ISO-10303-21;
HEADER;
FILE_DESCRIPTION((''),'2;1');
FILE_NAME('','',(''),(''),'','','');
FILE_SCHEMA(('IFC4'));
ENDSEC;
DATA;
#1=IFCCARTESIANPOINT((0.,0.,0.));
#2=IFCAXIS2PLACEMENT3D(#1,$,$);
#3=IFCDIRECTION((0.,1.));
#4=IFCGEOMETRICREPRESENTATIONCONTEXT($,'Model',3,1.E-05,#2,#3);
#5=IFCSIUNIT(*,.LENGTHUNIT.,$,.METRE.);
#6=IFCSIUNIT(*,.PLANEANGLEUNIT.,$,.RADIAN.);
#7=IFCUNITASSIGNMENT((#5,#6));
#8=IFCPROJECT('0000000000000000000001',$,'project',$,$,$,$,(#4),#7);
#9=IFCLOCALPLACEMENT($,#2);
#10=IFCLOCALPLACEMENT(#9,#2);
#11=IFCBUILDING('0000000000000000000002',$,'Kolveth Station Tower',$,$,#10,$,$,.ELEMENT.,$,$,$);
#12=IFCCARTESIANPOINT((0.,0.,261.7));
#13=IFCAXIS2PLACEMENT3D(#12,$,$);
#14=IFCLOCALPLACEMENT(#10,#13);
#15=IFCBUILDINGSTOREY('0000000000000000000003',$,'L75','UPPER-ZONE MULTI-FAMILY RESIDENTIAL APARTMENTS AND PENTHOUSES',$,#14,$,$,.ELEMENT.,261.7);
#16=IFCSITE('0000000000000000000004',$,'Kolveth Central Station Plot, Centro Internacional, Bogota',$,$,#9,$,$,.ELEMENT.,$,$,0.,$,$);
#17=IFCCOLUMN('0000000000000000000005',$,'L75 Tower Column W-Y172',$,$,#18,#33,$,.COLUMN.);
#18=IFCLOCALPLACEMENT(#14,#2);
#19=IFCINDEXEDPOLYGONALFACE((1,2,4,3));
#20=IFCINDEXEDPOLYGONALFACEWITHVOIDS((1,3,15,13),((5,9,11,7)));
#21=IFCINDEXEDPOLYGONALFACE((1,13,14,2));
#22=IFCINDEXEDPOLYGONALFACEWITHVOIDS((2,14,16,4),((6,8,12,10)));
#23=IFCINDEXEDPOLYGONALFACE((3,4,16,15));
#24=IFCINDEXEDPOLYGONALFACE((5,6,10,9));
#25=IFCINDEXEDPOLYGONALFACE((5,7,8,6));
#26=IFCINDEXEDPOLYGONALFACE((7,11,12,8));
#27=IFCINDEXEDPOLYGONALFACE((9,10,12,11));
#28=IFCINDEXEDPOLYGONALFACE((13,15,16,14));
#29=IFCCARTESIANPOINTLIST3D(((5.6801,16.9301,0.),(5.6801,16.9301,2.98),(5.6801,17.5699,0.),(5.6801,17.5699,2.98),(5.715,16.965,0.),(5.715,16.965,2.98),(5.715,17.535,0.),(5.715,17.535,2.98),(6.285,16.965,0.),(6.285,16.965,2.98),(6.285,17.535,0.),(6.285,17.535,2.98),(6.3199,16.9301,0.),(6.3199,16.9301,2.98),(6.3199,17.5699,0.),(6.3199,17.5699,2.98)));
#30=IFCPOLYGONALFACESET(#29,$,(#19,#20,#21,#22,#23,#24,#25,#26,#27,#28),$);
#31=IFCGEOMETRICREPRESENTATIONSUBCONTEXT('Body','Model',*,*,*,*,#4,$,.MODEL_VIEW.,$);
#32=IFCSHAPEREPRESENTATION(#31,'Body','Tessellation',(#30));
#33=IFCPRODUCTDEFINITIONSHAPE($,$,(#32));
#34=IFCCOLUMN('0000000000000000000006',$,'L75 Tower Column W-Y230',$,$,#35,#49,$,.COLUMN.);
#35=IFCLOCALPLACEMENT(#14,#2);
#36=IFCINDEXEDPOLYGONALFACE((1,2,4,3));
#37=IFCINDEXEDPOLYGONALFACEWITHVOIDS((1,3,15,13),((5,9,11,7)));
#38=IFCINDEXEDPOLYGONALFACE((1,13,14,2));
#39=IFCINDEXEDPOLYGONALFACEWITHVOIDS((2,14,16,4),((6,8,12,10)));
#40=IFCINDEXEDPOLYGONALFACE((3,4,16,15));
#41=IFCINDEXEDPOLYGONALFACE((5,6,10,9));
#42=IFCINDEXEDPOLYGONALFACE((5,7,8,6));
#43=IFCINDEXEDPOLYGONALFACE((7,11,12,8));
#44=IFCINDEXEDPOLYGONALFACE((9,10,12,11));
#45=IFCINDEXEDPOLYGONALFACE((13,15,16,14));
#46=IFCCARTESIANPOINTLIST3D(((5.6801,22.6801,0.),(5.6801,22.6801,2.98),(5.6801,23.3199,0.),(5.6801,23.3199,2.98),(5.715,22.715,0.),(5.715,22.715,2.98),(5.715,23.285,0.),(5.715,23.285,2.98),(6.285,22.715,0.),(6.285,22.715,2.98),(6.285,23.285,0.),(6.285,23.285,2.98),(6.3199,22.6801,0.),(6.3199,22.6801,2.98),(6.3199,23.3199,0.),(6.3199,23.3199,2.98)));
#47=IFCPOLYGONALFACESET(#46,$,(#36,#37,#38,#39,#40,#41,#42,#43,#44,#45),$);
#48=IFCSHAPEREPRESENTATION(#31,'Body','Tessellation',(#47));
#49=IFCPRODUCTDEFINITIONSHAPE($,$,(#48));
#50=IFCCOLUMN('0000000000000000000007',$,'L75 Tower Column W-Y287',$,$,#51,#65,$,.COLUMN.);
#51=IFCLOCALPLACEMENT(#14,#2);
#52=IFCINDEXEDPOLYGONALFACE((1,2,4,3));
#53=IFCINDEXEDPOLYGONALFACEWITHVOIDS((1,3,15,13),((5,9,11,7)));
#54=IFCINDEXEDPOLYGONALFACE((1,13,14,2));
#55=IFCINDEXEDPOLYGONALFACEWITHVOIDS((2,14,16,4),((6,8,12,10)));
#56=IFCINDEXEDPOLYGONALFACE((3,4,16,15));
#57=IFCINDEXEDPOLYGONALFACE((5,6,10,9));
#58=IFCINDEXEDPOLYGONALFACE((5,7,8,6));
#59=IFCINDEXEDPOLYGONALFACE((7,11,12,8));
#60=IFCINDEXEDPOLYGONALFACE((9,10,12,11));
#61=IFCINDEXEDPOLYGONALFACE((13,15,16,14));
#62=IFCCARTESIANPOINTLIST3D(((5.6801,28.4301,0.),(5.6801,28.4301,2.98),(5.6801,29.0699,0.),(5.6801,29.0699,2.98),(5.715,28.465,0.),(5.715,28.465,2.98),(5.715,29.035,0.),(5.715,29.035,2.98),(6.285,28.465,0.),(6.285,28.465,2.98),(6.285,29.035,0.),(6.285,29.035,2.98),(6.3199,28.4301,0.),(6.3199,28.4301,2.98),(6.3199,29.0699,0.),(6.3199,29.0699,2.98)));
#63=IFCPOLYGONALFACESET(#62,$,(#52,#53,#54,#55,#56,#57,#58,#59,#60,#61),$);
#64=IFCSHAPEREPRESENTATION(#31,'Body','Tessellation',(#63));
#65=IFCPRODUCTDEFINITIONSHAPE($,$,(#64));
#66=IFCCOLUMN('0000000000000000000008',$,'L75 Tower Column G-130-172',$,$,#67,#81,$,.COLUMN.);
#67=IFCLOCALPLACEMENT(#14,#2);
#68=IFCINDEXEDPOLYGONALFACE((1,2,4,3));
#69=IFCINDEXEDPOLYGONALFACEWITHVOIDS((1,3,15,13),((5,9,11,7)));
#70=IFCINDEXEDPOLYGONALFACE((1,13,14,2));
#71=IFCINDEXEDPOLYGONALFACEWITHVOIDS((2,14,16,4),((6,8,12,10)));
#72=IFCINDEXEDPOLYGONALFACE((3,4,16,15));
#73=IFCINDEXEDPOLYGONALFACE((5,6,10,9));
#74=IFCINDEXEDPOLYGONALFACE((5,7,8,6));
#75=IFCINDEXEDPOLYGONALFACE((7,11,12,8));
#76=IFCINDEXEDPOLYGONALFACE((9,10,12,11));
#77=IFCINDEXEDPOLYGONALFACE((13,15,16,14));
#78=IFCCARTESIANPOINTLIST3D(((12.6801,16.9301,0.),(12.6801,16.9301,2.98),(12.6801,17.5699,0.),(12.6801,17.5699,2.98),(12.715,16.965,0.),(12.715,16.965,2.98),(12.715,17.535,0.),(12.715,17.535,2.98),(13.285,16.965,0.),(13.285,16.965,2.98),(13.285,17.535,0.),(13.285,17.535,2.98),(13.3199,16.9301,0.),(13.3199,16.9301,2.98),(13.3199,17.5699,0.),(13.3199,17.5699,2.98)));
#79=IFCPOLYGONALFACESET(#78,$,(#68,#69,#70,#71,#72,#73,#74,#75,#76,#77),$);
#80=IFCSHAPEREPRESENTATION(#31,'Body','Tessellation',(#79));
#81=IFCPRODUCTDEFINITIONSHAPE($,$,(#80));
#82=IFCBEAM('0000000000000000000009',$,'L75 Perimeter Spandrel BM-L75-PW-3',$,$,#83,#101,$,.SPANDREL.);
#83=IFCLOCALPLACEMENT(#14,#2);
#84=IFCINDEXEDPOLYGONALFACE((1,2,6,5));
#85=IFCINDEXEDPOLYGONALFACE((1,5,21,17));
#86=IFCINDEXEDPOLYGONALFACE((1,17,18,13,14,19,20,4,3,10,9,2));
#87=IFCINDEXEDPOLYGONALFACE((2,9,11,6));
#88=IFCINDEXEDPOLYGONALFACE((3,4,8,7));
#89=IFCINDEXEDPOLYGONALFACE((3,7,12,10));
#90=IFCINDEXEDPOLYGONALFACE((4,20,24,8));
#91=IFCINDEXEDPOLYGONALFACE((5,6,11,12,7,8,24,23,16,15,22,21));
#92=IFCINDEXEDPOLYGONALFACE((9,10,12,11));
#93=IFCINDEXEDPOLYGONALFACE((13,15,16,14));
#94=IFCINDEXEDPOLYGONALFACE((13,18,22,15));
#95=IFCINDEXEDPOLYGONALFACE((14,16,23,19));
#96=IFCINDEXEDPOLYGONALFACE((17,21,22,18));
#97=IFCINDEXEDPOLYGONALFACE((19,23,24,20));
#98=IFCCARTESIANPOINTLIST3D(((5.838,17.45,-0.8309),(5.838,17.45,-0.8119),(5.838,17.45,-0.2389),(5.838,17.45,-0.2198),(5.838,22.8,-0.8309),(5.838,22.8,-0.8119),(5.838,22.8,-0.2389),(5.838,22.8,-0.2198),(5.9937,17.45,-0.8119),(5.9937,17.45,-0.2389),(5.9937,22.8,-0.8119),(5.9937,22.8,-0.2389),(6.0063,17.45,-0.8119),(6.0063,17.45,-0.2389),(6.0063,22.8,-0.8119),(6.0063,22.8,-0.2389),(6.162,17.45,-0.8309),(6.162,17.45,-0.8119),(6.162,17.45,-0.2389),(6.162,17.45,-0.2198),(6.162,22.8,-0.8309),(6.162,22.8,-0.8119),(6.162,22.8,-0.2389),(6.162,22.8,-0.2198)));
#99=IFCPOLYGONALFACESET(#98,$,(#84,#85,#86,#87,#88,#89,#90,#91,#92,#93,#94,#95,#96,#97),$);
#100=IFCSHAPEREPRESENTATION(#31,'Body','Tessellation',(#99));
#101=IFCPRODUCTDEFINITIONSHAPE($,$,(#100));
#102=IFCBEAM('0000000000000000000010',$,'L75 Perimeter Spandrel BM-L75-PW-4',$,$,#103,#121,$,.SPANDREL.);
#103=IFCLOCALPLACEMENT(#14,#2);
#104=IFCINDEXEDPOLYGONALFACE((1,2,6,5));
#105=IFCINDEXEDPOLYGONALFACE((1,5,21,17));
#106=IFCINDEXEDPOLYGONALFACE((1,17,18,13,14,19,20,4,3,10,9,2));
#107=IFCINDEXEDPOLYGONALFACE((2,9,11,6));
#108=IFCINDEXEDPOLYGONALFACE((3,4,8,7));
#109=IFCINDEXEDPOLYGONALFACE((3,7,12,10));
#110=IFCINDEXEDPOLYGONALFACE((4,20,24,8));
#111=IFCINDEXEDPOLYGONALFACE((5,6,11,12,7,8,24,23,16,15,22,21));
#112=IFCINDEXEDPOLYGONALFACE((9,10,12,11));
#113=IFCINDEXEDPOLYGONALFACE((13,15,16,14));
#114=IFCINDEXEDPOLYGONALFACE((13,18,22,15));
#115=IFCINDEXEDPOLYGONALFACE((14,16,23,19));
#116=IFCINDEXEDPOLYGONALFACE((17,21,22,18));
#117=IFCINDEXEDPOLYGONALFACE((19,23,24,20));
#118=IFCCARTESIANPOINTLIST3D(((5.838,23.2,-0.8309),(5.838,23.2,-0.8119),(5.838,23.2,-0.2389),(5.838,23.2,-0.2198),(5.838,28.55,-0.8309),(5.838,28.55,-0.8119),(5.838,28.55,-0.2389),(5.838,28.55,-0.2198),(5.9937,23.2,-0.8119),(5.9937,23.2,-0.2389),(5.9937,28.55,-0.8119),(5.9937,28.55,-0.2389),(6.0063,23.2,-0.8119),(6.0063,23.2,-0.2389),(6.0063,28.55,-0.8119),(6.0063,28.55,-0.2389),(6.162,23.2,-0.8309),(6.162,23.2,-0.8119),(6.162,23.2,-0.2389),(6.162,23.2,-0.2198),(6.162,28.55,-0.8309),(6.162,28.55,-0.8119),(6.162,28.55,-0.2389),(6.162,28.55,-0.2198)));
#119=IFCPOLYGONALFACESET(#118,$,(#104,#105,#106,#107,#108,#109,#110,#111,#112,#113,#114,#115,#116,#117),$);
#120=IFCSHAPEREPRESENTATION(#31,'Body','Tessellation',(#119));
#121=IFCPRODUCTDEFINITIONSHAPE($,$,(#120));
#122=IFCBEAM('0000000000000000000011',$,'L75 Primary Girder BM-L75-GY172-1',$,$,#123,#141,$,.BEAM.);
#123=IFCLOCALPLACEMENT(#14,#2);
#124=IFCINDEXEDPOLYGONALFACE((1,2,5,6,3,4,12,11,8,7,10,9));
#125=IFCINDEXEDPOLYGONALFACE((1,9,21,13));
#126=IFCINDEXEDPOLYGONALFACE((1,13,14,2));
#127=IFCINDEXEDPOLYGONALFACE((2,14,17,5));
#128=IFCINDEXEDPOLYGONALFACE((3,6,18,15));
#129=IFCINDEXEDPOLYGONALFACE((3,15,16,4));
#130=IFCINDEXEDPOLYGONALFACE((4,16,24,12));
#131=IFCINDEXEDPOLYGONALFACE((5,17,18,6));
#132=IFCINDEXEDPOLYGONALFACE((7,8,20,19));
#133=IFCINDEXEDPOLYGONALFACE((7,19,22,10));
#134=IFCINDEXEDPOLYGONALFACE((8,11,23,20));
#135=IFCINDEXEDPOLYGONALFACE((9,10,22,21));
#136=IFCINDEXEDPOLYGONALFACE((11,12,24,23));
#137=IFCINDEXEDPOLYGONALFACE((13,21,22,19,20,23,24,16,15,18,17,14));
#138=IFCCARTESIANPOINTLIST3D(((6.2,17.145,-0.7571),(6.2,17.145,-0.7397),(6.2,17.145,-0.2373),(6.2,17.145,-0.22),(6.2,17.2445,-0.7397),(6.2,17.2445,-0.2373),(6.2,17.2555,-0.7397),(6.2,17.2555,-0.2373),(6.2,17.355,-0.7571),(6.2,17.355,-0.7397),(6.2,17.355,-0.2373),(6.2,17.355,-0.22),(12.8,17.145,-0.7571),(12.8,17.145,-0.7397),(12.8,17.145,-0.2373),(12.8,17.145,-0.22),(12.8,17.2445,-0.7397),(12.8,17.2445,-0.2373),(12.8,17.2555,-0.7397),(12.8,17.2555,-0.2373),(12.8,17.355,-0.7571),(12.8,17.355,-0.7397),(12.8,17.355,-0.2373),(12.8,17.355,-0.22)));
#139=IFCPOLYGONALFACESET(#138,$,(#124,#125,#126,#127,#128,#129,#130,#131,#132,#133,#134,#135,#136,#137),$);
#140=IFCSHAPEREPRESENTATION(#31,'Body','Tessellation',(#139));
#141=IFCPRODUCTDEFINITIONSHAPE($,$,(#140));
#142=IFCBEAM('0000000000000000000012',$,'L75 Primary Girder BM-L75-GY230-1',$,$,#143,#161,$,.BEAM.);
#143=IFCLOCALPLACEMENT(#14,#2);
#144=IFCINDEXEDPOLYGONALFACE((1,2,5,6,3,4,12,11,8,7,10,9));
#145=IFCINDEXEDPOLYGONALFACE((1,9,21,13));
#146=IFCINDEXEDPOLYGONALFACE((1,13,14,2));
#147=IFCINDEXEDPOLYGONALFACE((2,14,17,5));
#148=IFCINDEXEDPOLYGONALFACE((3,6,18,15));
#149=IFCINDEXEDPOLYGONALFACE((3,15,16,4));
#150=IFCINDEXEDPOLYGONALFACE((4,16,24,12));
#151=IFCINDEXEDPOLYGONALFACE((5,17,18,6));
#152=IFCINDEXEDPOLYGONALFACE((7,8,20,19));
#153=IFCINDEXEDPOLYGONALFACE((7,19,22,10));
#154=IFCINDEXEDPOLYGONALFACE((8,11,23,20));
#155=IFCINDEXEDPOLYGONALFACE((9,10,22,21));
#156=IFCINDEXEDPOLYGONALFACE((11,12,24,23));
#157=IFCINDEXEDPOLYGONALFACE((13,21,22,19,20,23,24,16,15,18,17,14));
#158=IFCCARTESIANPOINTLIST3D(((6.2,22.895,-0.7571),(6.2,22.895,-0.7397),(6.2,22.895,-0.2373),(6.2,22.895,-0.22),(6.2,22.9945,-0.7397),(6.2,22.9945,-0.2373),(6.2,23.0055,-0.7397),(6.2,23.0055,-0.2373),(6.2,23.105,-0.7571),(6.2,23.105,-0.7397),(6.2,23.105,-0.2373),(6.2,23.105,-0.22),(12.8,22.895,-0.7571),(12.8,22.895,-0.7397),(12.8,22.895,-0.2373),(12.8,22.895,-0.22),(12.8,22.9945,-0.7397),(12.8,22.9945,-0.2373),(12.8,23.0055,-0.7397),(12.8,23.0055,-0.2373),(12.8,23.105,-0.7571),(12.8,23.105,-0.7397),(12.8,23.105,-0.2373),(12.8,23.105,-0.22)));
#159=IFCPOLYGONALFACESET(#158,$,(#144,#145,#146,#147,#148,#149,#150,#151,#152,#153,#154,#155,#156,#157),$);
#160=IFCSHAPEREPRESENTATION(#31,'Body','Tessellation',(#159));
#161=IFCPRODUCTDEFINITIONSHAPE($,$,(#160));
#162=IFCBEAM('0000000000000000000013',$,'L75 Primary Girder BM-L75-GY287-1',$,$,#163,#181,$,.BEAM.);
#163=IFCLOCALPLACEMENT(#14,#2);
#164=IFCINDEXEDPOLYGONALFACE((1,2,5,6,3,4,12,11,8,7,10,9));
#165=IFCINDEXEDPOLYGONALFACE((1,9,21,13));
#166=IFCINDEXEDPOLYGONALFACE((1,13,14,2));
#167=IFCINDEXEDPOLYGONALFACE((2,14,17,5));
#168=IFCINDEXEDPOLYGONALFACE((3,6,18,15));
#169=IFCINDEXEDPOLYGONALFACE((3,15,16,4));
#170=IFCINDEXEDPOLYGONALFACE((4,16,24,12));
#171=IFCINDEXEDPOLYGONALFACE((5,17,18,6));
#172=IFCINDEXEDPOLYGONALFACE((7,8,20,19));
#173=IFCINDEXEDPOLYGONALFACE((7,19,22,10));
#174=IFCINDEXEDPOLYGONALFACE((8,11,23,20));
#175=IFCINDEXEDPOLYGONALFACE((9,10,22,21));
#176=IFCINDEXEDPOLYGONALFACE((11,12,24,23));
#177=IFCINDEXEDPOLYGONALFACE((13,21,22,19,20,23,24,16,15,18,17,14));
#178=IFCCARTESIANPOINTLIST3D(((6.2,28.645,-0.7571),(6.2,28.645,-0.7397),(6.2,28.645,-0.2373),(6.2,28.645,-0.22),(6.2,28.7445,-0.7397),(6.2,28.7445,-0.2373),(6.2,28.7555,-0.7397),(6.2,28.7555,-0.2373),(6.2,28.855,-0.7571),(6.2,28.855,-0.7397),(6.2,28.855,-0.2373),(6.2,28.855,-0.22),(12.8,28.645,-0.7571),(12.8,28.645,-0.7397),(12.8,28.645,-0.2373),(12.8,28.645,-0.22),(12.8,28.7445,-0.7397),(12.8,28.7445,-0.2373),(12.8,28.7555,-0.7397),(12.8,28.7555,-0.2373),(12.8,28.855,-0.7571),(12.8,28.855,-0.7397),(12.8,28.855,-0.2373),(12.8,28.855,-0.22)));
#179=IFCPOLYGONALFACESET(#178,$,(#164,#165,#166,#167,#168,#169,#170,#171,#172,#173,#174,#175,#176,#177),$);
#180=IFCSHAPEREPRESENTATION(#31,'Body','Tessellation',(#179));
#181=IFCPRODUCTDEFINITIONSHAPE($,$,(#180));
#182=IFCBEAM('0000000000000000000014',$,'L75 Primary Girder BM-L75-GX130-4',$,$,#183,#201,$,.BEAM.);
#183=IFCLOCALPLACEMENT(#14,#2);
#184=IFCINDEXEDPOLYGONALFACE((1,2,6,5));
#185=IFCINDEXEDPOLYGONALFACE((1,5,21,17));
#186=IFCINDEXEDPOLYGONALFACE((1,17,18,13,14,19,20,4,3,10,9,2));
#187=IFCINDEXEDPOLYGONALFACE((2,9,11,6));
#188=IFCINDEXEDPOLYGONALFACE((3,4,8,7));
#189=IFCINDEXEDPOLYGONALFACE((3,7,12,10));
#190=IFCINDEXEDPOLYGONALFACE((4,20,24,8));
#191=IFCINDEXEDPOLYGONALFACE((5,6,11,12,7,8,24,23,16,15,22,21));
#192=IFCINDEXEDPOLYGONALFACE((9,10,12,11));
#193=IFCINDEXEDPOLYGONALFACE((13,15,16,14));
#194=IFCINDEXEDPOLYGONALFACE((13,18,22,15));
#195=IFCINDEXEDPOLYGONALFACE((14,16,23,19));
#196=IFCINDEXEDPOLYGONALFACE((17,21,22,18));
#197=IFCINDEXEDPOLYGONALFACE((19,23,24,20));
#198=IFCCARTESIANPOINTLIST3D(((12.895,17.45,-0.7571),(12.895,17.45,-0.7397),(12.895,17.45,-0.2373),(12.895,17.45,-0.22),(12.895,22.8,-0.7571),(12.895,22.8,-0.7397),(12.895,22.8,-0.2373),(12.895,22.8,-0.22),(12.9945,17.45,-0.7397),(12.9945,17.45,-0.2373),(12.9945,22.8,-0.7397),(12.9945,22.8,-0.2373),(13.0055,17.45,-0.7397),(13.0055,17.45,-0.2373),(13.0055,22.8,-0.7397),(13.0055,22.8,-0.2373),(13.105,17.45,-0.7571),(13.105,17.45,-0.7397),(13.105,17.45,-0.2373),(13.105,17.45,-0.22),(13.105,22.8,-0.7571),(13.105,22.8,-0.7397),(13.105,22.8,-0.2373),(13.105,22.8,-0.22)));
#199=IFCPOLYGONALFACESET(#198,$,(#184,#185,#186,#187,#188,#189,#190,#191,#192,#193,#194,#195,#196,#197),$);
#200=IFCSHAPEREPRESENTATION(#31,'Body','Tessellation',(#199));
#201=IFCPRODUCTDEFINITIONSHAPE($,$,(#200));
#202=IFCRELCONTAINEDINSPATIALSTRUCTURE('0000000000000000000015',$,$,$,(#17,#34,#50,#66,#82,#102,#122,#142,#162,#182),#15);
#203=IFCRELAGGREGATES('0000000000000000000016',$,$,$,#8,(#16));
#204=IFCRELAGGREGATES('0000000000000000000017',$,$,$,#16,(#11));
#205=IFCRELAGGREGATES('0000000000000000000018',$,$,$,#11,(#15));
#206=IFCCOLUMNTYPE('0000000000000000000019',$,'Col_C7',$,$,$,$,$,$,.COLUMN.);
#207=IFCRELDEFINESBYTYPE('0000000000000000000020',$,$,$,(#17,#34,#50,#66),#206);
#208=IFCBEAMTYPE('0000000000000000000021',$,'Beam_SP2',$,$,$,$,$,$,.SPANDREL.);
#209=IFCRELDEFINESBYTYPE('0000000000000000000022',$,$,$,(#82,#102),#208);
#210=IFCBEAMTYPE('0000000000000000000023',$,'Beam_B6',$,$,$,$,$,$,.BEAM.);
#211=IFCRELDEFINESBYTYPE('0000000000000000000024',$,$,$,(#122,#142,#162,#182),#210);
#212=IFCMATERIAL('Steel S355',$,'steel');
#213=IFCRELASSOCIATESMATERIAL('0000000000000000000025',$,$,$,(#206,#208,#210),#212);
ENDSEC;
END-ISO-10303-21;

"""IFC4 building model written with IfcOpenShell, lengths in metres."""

from ifc_helpers import new_model, si_unit, direction, frame, origin, origin_2d, place, context, subcontext, project, spatial, hollow_rectangle, i_section, extrude, source, transform, mapped, material, material_profile, profile_set, type_object, element, save


model = new_model("IFC4")

# Units and contexts
model_context = context("Model", 3, precision=1e-05, world=origin(), true_north=direction((0.0, 1.0)))
body_context = subcontext(model_context, "Body", "Model", "MODEL_VIEW")
ifc_project = project(units=[si_unit("LENGTHUNIT", "METRE"), si_unit("PLANEANGLEUNIT", "RADIAN")], contexts=[model_context])

# Site, building, storey
site_placement = place(None, origin())
site = spatial("IfcSite", under=ifc_project, at=site_placement, Name="Kolveth Central Station Plot, Centro Internacional, Bogota", CompositionType="ELEMENT", RefElevation=0.0)
building_placement = place(site_placement, origin())
building = spatial("IfcBuilding", under=site, at=building_placement, Name="Kolveth Station Tower", CompositionType="ELEMENT")
storey_placement = place(building_placement, frame((0.0, 0.0, 261.7)))
storey = spatial("IfcBuildingStorey", under=building, at=storey_placement, Name="L75", Description="UPPER-ZONE MULTI-FAMILY RESIDENTIAL APARTMENTS AND PENTHOUSES", CompositionType="ELEMENT", Elevation=261.7)

# Columns
ifc_material_1 = material(Name="Steel S355", Category="steel")
ifc_material_profile_1 = material_profile(ifc_material_1, hollow_rectangle(XDim=0.6399, YDim=0.6399, WallThickness=0.0349, at=origin_2d()), Name="BOX640x640x35")
ifc_profile_set_1 = profile_set([ifc_material_profile_1], Name="Steel S355")
column_type = type_object("IfcColumnType", Name="Col_C7", PredefinedType="COLUMN", material=ifc_profile_set_1)
shared_shape_1 = source(origin(), body_context, "Body", "SweptSolid", [
    extrude(hollow_rectangle(XDim=0.6399, YDim=0.6399, WallThickness=0.0349, at=origin_2d()), origin(), (0.0, 0.0, 1.0), 2.98),
])
for number, where, z_axis, x_axis, name in (
    (1, (6.0, 17.25, 0.0), (0.0, 0.0, 1.0), (1.0, 0.0, 0.0), "L75 Tower Column W-Y172"),
    (2, (6.0, 23.0, 0.0), (0.0, 0.0, 1.0), (1.0, 0.0, 0.0), "L75 Tower Column W-Y230"),
    (3, (6.0, 28.75, 0.0), (0.0, 0.0, 1.0), (1.0, 0.0, 0.0), "L75 Tower Column W-Y287"),
    (4, (13.0, 17.25, 0.0), (0.0, 0.0, 1.0), (1.0, 0.0, 0.0), "L75 Tower Column G-130-172"),
):
    element("IfcColumn", number, at=place(storey_placement, frame(where, z_axis=z_axis, x_axis=x_axis)), inside=storey, type_object=column_type, Name=name, PredefinedType="COLUMN", context=body_context, shape_type="MappedRepresentation", body=[
        mapped(shared_shape_1, transform((0.0, 0.0, 0.0), x_axis=(1.0, 0.0, 0.0), y_axis=(0.0, 1.0, 0.0), z_axis=(0.0, 0.0, 1.0), scale=1.0)),
    ])

# Beams
ifc_material_profile_2 = material_profile(ifc_material_1, i_section(OverallWidth=0.324, OverallDepth=0.6111, WebThickness=0.0127, FlangeThickness=0.019, at=origin_2d()), Name="W610x155")
ifc_profile_set_2 = profile_set([ifc_material_profile_2], Name="Steel S355")
beam_type_1 = type_object("IfcBeamType", Name="Beam_SP2", PredefinedType="SPANDREL", material=ifc_profile_set_2)
shared_shape_2 = source(origin(), body_context, "Body", "SweptSolid", [
    extrude(i_section(OverallWidth=0.324, OverallDepth=0.6111, WebThickness=0.0127, FlangeThickness=0.019, at=origin_2d()), origin(), (0.0, 0.0, 1.0), 5.3501),
])
for number, where, z_axis, x_axis, name in (
    (5, (6.0, 17.45, -0.5254), (0.0, 1.0, 0.0), (-1.0, 0.0, 0.0), "L75 Perimeter Spandrel BM-L75-PW-3"),
    (6, (6.0, 23.2, -0.5254), (0.0, 1.0, 0.0), (-1.0, 0.0, 0.0), "L75 Perimeter Spandrel BM-L75-PW-4"),
):
    element("IfcBeam", number, at=place(storey_placement, frame(where, z_axis=z_axis, x_axis=x_axis)), inside=storey, type_object=beam_type_1, Name=name, PredefinedType="SPANDREL", context=body_context, shape_type="MappedRepresentation", body=[
        mapped(shared_shape_2, transform((0.0, 0.0, 0.0), x_axis=(1.0, 0.0, 0.0), y_axis=(0.0, 1.0, 0.0), z_axis=(0.0, 0.0, 1.0), scale=1.0)),
    ])
ifc_material_profile_3 = material_profile(ifc_material_1, i_section(OverallWidth=0.21, OverallDepth=0.5371, WebThickness=0.011, FlangeThickness=0.0173, at=origin_2d()), Name="W530x101")
ifc_profile_set_3 = profile_set([ifc_material_profile_3], Name="Steel S355")
beam_type_2 = type_object("IfcBeamType", Name="Beam_B6", PredefinedType="BEAM", material=ifc_profile_set_3)
shared_shape_3 = source(origin(), body_context, "Body", "SweptSolid", [
    extrude(i_section(OverallWidth=0.21, OverallDepth=0.5371, WebThickness=0.011, FlangeThickness=0.0173, at=origin_2d()), origin(), (0.0, 0.0, 1.0), 6.6001),
])
for number, where, z_axis, x_axis, name in (
    (7, (6.2, 17.25, -0.4885), (1.0, 0.0, 0.0), (0.0, 1.0, 0.0), "L75 Primary Girder BM-L75-GY172-1"),
    (8, (6.2, 23.0, -0.4885), (1.0, 0.0, 0.0), (0.0, 1.0, 0.0), "L75 Primary Girder BM-L75-GY230-1"),
    (9, (6.2, 28.75, -0.4885), (1.0, 0.0, 0.0), (0.0, 1.0, 0.0), "L75 Primary Girder BM-L75-GY287-1"),
):
    element("IfcBeam", number, at=place(storey_placement, frame(where, z_axis=z_axis, x_axis=x_axis)), inside=storey, type_object=beam_type_2, Name=name, PredefinedType="BEAM", context=body_context, shape_type="MappedRepresentation", body=[
        mapped(shared_shape_3, transform((0.0, 0.0, 0.0), x_axis=(1.0, 0.0, 0.0), y_axis=(0.0, 1.0, 0.0), z_axis=(0.0, 0.0, 1.0), scale=1.0)),
    ])
shared_shape_4 = source(origin(), body_context, "Body", "SweptSolid", [
    extrude(i_section(OverallWidth=0.21, OverallDepth=0.5371, WebThickness=0.011, FlangeThickness=0.0173, at=origin_2d()), origin(), (0.0, 0.0, 1.0), 5.3501),
])
beam_placement = place(storey_placement, frame((13.0, 17.45, -0.4885), z_axis=(0.0, 1.0, 0.0), x_axis=(-1.0, 0.0, 0.0)))
element("IfcBeam", 10, at=beam_placement, inside=storey, type_object=beam_type_2, Name="L75 Primary Girder BM-L75-GX130-4", PredefinedType="BEAM", context=body_context, shape_type="MappedRepresentation", body=[
    mapped(shared_shape_4, transform((0.0, 0.0, 0.0), x_axis=(1.0, 0.0, 0.0), y_axis=(0.0, 1.0, 0.0), z_axis=(0.0, 0.0, 1.0), scale=1.0)),
])

save(model, "model.ifc")
